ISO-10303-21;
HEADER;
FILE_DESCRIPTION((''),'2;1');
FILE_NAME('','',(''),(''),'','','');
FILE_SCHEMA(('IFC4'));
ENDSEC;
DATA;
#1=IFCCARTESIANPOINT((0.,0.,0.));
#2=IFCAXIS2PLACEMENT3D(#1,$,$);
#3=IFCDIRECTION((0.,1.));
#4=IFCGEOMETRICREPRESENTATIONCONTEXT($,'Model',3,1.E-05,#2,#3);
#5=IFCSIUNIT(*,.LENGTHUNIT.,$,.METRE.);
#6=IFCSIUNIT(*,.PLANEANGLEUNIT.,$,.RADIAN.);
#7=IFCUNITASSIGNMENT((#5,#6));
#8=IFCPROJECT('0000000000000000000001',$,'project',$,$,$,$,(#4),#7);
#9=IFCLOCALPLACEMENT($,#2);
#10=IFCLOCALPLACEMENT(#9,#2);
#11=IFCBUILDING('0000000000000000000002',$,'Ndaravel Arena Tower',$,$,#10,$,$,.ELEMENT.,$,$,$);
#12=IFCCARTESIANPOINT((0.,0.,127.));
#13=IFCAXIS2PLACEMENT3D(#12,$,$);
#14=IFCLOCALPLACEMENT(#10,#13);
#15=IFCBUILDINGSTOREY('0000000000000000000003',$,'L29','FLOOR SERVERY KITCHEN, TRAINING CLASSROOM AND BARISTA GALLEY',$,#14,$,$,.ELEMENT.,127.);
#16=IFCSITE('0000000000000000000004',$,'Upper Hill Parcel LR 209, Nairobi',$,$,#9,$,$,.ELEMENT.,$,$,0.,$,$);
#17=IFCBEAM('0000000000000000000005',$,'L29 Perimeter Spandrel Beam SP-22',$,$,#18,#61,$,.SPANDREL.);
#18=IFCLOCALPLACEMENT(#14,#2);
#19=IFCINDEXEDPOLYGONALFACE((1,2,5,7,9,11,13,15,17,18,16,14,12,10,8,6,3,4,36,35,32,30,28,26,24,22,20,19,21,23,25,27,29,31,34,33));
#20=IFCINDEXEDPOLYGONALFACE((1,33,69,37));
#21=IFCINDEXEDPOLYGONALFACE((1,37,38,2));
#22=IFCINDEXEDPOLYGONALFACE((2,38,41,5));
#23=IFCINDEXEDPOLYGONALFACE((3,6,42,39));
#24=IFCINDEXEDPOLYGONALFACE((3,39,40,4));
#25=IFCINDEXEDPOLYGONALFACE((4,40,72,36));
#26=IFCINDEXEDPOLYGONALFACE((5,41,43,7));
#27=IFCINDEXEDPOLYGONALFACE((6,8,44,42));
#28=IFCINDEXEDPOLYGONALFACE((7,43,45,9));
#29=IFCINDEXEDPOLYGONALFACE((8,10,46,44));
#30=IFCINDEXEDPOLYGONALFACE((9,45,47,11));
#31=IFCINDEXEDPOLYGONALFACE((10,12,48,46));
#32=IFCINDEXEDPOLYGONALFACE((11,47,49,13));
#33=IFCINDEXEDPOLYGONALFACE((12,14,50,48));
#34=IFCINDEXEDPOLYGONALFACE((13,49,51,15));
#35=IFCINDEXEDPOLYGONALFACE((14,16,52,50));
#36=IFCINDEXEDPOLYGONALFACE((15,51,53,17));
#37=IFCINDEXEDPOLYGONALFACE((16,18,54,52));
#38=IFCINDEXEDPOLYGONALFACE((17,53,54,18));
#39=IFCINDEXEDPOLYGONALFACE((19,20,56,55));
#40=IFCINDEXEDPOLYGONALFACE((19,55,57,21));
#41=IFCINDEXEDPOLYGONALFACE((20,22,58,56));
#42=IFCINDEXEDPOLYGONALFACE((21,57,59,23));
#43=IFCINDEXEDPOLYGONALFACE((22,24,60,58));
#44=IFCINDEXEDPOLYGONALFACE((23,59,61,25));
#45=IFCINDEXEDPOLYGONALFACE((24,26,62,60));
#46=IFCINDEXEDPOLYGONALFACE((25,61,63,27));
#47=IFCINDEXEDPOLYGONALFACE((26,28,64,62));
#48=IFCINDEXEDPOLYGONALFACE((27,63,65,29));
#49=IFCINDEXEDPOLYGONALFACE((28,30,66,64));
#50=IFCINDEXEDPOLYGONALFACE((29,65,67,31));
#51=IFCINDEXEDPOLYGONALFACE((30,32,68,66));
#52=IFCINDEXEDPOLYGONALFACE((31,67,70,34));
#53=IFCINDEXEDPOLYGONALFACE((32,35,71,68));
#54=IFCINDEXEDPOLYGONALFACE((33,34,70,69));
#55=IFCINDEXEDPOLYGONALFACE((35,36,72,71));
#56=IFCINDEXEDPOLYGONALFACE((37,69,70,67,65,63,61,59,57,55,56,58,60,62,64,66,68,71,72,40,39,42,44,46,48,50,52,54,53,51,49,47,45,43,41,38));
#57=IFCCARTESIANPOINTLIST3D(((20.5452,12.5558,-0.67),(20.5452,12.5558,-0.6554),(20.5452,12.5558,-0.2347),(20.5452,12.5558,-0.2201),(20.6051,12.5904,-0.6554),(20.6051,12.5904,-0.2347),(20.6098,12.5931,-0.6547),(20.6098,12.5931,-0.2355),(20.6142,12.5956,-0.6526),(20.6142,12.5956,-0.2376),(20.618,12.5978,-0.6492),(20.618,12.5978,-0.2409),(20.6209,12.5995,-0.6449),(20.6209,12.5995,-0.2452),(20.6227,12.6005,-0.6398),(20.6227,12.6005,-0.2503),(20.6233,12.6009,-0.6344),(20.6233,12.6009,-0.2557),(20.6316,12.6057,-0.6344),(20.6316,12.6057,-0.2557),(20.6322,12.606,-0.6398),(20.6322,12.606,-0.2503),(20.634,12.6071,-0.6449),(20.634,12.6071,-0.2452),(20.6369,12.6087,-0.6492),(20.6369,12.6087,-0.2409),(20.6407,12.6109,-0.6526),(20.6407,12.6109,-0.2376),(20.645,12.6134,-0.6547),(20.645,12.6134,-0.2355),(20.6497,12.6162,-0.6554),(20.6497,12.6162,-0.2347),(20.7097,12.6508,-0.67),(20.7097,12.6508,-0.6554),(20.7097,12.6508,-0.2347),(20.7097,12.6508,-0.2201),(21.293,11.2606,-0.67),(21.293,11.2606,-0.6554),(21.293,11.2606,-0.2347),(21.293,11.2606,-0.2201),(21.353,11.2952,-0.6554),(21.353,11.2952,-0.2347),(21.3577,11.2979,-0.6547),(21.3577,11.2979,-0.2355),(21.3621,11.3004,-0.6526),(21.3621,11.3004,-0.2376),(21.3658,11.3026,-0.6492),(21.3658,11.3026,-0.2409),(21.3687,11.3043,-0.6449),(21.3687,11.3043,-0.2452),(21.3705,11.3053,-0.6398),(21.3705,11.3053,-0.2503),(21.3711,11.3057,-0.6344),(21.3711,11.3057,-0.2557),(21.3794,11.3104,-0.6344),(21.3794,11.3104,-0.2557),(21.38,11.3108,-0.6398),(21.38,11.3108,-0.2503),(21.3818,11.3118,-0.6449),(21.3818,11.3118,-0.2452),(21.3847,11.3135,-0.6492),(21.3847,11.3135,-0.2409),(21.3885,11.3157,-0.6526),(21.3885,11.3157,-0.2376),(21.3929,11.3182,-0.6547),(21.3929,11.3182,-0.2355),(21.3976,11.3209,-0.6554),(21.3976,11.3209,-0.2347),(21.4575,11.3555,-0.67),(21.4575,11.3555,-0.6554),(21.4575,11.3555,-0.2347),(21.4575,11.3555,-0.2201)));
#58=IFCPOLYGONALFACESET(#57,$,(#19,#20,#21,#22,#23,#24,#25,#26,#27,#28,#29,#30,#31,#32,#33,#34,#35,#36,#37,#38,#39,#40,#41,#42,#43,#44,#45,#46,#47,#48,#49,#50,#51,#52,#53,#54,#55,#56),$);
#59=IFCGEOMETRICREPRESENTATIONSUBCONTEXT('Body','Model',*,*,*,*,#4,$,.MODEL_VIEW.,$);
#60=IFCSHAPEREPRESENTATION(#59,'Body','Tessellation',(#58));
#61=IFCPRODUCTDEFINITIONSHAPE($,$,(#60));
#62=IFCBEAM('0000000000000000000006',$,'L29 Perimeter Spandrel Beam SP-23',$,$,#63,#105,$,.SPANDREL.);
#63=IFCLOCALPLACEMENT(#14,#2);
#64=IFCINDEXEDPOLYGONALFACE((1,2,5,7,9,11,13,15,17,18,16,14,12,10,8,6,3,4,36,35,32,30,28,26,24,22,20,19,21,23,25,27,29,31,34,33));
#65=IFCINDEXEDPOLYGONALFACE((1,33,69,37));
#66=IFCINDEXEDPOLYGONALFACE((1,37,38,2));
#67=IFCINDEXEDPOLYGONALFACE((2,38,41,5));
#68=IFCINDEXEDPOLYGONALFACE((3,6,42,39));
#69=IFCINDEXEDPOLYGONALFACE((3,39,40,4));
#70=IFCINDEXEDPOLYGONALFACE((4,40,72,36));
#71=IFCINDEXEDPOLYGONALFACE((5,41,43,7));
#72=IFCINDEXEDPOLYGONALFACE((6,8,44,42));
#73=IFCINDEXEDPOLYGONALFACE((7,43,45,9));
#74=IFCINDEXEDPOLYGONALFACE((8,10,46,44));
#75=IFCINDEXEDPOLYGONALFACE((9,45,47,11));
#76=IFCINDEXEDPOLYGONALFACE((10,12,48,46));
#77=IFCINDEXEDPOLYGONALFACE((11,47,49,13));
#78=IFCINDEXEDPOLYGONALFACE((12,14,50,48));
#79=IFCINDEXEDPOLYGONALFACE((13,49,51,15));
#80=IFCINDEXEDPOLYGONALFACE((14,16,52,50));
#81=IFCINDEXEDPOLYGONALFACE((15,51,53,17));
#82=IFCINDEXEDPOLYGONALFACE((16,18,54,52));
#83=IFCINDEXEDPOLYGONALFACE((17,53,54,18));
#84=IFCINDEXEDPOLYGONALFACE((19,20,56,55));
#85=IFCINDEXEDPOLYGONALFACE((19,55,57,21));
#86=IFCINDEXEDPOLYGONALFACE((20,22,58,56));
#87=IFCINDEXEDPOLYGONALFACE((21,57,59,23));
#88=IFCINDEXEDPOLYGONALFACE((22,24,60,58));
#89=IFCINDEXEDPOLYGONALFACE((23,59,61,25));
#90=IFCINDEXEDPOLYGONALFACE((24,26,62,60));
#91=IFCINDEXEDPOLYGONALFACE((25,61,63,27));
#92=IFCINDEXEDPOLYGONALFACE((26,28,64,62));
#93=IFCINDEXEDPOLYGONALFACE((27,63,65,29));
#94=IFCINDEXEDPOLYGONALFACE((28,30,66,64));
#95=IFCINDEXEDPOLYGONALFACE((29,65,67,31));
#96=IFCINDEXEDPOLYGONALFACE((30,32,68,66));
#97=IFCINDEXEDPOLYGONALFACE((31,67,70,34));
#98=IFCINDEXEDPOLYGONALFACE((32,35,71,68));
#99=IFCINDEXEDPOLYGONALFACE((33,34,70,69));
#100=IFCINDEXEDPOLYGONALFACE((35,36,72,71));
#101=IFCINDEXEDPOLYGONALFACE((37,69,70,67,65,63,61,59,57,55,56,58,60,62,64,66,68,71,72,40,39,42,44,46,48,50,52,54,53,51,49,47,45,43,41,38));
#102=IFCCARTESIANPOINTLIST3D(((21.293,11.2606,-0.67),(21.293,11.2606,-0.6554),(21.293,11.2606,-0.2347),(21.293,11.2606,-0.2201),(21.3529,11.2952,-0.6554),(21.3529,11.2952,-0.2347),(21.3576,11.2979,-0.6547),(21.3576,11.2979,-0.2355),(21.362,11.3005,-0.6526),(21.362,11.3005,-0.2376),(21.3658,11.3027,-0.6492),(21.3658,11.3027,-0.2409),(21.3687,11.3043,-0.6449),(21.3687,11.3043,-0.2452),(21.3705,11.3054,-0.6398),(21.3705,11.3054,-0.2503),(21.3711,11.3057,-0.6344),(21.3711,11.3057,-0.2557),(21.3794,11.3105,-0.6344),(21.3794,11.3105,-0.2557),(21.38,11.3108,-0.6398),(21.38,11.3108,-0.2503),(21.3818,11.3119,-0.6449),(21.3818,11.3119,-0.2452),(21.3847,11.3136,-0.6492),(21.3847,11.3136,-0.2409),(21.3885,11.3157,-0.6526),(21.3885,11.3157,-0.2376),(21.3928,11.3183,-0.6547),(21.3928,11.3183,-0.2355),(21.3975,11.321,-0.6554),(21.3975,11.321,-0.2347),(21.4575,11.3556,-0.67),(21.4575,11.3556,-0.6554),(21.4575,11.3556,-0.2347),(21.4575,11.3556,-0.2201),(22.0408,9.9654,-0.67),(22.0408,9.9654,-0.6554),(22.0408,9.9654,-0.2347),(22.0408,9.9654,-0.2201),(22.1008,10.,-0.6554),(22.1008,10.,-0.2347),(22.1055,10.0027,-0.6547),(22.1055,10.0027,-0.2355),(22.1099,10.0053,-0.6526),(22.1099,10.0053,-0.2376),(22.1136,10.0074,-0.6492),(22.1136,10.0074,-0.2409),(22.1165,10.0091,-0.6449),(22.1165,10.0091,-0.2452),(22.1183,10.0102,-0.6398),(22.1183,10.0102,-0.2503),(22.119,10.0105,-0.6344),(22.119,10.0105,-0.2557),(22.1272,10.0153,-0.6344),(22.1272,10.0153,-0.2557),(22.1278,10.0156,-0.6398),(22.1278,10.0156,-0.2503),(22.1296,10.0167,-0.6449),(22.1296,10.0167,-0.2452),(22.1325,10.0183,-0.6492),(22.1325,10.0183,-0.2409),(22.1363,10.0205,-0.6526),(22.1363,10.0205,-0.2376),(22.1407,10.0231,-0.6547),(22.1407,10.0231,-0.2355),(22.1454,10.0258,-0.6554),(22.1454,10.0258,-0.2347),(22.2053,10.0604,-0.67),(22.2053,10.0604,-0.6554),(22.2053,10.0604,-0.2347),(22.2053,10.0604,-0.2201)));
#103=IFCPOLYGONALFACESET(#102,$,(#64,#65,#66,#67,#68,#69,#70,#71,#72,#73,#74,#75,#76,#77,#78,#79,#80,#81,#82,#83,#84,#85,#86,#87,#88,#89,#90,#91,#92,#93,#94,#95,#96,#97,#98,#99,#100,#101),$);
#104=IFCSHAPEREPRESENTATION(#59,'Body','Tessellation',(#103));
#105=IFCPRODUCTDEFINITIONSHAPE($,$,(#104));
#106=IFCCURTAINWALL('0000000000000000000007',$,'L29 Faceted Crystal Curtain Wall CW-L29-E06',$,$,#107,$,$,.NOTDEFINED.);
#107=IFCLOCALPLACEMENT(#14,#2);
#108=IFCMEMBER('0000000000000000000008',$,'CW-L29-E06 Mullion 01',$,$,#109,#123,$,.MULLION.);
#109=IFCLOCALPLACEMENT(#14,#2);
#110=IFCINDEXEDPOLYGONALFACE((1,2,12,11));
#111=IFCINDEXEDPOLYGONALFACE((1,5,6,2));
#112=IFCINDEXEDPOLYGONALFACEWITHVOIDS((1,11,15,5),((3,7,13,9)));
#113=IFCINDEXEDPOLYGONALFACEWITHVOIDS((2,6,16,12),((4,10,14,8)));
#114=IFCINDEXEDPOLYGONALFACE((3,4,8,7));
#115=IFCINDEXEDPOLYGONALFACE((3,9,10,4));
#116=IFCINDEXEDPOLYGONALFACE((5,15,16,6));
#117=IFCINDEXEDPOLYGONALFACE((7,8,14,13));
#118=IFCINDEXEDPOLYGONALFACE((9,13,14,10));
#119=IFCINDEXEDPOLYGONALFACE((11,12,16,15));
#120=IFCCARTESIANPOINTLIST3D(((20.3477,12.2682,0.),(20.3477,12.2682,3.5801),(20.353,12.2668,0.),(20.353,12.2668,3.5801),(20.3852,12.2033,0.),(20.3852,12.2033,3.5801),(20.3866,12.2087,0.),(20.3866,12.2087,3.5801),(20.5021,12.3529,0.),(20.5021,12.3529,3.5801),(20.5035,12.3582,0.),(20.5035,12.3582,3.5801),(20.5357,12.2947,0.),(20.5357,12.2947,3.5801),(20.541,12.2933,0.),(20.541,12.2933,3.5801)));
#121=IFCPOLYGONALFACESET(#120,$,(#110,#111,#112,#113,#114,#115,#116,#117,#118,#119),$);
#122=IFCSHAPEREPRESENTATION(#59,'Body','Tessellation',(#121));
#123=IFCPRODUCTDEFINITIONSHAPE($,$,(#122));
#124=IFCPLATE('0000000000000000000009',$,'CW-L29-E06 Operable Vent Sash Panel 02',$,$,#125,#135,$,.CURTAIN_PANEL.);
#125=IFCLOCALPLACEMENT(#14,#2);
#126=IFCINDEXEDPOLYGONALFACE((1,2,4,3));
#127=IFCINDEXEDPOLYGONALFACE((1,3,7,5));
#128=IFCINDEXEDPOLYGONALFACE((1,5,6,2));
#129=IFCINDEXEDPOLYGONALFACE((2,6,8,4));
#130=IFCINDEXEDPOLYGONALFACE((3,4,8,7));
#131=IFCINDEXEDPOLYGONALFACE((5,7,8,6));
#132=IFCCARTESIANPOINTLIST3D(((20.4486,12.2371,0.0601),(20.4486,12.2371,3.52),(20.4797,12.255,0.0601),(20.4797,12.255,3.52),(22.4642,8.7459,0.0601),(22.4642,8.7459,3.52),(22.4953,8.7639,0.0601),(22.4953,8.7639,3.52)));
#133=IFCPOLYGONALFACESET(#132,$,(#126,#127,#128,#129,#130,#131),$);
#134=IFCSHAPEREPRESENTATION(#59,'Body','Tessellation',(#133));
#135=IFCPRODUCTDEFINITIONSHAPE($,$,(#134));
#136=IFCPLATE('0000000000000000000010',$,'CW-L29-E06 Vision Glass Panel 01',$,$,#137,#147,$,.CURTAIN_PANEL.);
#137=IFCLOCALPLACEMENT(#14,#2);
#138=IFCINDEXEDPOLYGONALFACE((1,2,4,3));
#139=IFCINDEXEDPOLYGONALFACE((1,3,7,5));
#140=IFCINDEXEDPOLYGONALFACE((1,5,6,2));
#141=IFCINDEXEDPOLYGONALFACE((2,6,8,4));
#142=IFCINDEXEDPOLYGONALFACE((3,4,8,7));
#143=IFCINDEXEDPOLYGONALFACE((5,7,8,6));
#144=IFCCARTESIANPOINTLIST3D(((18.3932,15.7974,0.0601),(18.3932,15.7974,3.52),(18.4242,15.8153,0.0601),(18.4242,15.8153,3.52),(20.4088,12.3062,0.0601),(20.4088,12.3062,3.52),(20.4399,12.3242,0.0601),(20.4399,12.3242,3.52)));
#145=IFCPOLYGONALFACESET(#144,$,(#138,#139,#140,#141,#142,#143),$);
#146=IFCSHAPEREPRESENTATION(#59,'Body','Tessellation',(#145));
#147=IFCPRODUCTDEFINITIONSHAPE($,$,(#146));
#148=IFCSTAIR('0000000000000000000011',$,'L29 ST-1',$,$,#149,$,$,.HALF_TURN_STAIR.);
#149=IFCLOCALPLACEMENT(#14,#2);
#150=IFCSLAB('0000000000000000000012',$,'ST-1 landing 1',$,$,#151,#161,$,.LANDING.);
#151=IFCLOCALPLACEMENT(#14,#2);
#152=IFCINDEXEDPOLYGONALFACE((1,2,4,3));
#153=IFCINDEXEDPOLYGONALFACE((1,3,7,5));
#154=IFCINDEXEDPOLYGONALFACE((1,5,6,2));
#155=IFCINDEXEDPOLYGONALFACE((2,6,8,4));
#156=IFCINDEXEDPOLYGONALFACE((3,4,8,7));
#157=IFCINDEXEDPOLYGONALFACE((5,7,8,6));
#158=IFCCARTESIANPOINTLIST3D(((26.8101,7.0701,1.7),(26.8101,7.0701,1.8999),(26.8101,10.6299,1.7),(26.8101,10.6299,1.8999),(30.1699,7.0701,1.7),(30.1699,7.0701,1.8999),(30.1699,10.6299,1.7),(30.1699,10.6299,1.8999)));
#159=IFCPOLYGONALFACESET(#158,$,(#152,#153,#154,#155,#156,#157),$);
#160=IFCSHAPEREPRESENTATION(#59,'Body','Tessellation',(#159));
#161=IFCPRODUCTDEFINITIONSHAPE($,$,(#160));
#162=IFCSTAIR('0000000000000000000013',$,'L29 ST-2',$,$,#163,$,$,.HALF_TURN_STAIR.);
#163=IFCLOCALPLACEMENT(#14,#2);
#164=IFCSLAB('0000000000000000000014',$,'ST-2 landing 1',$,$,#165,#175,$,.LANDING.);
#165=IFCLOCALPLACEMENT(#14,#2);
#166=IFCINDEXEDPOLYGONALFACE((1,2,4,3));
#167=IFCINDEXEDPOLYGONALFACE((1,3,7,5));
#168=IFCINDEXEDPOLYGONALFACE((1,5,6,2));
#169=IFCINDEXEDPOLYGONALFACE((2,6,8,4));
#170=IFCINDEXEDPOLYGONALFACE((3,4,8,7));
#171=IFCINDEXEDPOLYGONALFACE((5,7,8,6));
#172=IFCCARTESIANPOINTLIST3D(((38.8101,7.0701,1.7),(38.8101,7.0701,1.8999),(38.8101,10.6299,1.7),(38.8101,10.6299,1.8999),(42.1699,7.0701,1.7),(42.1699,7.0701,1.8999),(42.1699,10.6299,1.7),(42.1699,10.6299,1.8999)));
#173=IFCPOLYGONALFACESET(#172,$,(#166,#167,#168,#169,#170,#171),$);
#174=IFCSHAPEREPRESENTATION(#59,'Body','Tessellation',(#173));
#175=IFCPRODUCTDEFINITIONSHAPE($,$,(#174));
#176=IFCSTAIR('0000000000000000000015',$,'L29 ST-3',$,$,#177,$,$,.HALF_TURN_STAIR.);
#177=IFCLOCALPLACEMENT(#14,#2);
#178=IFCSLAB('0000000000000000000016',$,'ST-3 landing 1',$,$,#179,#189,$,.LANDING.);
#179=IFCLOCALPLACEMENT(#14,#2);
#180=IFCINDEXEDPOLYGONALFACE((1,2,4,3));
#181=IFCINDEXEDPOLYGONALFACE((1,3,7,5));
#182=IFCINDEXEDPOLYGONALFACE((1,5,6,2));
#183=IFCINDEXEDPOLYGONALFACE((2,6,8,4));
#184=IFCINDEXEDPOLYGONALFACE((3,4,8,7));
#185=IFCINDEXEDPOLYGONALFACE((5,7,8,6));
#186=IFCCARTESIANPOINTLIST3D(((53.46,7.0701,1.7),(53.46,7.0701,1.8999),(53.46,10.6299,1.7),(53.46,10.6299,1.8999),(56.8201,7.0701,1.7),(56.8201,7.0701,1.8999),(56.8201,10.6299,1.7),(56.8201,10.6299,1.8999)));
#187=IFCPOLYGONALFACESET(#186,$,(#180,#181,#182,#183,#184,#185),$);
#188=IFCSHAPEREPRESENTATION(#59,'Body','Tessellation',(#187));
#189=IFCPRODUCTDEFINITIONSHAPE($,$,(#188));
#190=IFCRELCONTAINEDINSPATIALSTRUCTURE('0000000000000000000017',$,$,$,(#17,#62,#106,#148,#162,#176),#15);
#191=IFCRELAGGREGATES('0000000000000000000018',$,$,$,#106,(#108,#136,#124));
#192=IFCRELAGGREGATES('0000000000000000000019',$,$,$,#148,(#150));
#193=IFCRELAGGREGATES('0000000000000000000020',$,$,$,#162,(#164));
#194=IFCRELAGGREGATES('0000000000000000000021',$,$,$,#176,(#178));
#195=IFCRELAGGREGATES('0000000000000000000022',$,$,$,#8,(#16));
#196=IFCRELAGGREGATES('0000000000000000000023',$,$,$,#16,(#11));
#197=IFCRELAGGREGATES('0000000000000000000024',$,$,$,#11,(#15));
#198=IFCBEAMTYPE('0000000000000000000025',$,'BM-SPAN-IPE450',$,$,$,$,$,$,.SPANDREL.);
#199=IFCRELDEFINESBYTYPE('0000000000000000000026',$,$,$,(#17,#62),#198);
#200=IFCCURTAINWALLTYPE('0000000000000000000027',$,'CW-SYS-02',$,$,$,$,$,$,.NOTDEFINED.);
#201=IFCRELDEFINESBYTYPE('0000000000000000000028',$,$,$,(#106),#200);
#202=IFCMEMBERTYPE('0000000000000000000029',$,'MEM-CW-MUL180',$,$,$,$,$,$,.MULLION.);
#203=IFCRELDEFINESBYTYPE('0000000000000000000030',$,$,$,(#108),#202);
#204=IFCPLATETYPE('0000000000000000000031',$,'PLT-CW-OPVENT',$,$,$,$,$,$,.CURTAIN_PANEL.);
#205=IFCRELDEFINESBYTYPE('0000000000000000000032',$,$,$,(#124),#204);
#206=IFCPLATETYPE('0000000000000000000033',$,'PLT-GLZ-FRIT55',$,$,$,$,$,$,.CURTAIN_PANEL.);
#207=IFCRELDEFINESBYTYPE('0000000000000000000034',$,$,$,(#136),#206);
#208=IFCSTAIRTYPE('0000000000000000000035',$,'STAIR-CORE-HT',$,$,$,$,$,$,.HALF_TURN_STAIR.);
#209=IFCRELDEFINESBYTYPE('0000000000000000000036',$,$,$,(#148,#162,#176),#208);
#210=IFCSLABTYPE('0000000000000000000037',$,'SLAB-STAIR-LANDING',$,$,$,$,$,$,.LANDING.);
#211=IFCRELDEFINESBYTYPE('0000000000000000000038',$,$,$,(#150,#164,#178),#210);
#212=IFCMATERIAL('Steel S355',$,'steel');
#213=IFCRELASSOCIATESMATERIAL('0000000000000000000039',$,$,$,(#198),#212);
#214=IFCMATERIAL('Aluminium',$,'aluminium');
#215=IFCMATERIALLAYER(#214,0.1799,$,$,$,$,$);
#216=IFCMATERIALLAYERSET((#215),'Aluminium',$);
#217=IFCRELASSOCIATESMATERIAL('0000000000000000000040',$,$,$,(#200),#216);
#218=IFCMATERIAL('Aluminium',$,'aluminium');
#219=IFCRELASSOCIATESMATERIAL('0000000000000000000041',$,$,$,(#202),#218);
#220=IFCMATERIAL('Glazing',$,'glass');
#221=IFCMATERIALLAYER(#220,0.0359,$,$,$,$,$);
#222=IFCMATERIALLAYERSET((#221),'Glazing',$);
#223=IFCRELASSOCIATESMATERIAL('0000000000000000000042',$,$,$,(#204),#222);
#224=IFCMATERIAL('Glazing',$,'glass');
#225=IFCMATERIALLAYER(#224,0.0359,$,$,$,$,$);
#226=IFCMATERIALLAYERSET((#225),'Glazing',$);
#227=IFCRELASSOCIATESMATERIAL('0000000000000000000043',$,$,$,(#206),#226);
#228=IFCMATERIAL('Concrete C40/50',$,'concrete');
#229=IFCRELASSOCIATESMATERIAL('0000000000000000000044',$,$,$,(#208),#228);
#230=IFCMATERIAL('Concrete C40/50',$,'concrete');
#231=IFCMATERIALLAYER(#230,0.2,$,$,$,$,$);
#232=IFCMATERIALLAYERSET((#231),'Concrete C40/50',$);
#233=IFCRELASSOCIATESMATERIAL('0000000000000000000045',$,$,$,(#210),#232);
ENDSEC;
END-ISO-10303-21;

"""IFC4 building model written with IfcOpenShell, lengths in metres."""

from ifc_helpers import new_model, si_unit, direction, frame, origin, origin_2d, place, context, subcontext, project, spatial, polyline, rectangle, hollow_rectangle, i_section, outline, extrude, material, layer, layer_set, material_profile, profile_set, type_object, element, aggregate, save


model = new_model("IFC4")

# Units and contexts
model_context = context("Model", 3, precision=1e-05, world=origin(), true_north=direction((0.0, 1.0)))
body_context = subcontext(model_context, "Body", "Model", "MODEL_VIEW")
ifc_project = project(units=[si_unit("LENGTHUNIT", "METRE"), si_unit("PLANEANGLEUNIT", "RADIAN")], contexts=[model_context])

# Site, building, storey
site_placement = place(None, origin())
site = spatial("IfcSite", under=ifc_project, at=site_placement, Name="Upper Hill Parcel LR 209, Nairobi", CompositionType="ELEMENT", RefElevation=0.0)
building_placement = place(site_placement, origin())
building = spatial("IfcBuilding", under=site, at=building_placement, Name="Ndaravel Arena Tower", CompositionType="ELEMENT")
storey_placement = place(building_placement, frame((0.0, 0.0, 127.0)))
storey = spatial("IfcBuildingStorey", under=building, at=storey_placement, Name="L29", Description="FLOOR SERVERY KITCHEN, TRAINING CLASSROOM AND BARISTA GALLEY", CompositionType="ELEMENT", Elevation=127.0)

# Beams
ifc_material_1 = material(Name="Steel S355", Category="steel")
ifc_material_profile_1 = material_profile(ifc_material_1, i_section(OverallWidth=0.1899, OverallDepth=0.45, WebThickness=0.0095, FlangeThickness=0.0146, FilletRadius=0.021, at=origin_2d()), Name="IPE 450")
ifc_profile_set_1 = profile_set([ifc_material_profile_1], Name="Steel S355")
beam_type = type_object("IfcBeamType", Name="BM-SPAN-IPE450", PredefinedType="SPANDREL", material=ifc_profile_set_1)
for number, where, z_axis, x_axis, name in (
    (1, (20.6274, 12.6033, -0.4451), (0.500019, -0.866014, 0.0), (0.866014, 0.500019, 0.0), "L29 Perimeter Spandrel Beam SP-22"),
    (2, (21.3752, 11.3081, -0.4451), (0.500019, -0.866014, 0.0), (0.866014, 0.500019, 0.0), "L29 Perimeter Spandrel Beam SP-23"),
):
    element("IfcBeam", number, at=place(storey_placement, frame(where, z_axis=z_axis, x_axis=x_axis)), inside=storey, type_object=beam_type, Name=name, PredefinedType="SPANDREL", context=body_context, shape_type="SweptSolid", body=[
        extrude(i_section(OverallWidth=0.1899, OverallDepth=0.45, WebThickness=0.0095, FlangeThickness=0.0146, FilletRadius=0.021, at=origin_2d()), origin(), (0.0, 0.0, 1.0), 1.4956),
    ])

# Curtain wall, member, plates
ifc_material_2 = material(Name="Aluminium", Category="aluminium")
ifc_layer_1 = layer(ifc_material_2, 0.1799)
ifc_layer_set_1 = layer_set([ifc_layer_1], Name="Aluminium")
curtain_wall_type = type_object("IfcCurtainWallType", Name="CW-SYS-02", PredefinedType="NOTDEFINED", material=ifc_layer_set_1)
curtain_wall_placement = place(storey_placement, origin())
curtain_wall = element("IfcCurtainWall", 3, at=curtain_wall_placement, inside=storey, type_object=curtain_wall_type, Name="L29 Faceted Crystal Curtain Wall CW-L29-E06", PredefinedType="NOTDEFINED")
ifc_material_3 = material(Name="Aluminium", Category="aluminium")
ifc_material_profile_2 = material_profile(ifc_material_3, hollow_rectangle(XDim=0.075, YDim=0.1799, WallThickness=0.0039, at=origin_2d()), Name="CW MULLION 75x180x4")
ifc_profile_set_2 = profile_set([ifc_material_profile_2], Name="Aluminium")
member_type = type_object("IfcMemberType", Name="MEM-CW-MUL180", PredefinedType="MULLION", material=ifc_profile_set_2)
member_placement = place(storey_placement, frame((20.4443, 12.2808, 0.0), z_axis=(0.0, 0.0, 1.0), x_axis=(0.5, -0.866025, 0.0)))
member = element("IfcMember", 4, at=member_placement, type_object=member_type, Name="CW-L29-E06 Mullion 01", PredefinedType="MULLION", context=body_context, shape_type="SweptSolid", body=[
    extrude(hollow_rectangle(XDim=0.075, YDim=0.1799, WallThickness=0.0039, at=origin_2d()), origin(), (0.0, 0.0, 1.0), 3.5801),
])
ifc_material_4 = material(Name="Glazing", Category="glass")
ifc_layer_2 = layer(ifc_material_4, 0.0359)
ifc_layer_set_2 = layer_set([ifc_layer_2], Name="Glazing")
plate_type_1 = type_object("IfcPlateType", Name="PLT-CW-OPVENT", PredefinedType="CURTAIN_PANEL", material=ifc_layer_set_2)
plate_1_placement = place(storey_placement, frame((21.4719, 10.5005, 0.0601), z_axis=(0.0, 0.0, 1.0), x_axis=(0.5, -0.866025, 0.0)))
plate_1 = element("IfcPlate", 5, at=plate_1_placement, type_object=plate_type_1, Name="CW-L29-E06 Operable Vent Sash Panel 02", PredefinedType="CURTAIN_PANEL", context=body_context, shape_type="SweptSolid", body=[
    extrude(rectangle(XDim=4.0312, YDim=0.0359, at=origin_2d()), origin(), (0.0, 0.0, 1.0), 3.46),
])
ifc_material_5 = material(Name="Glazing", Category="glass")
ifc_layer_3 = layer(ifc_material_5, 0.0359)
ifc_layer_set_3 = layer_set([ifc_layer_3], Name="Glazing")
plate_type_2 = type_object("IfcPlateType", Name="PLT-GLZ-FRIT55", PredefinedType="CURTAIN_PANEL", material=ifc_layer_set_3)
plate_2_placement = place(storey_placement, frame((19.4165, 14.0608, 0.0601), z_axis=(0.0, 0.0, 1.0), x_axis=(0.5, -0.866025, 0.0)))
plate_2 = element("IfcPlate", 6, at=plate_2_placement, type_object=plate_type_2, Name="CW-L29-E06 Vision Glass Panel 01", PredefinedType="CURTAIN_PANEL", context=body_context, shape_type="SweptSolid", body=[
    extrude(rectangle(XDim=4.0312, YDim=0.0359, at=origin_2d()), origin(), (0.0, 0.0, 1.0), 3.46),
])
aggregate(curtain_wall, [member, plate_2, plate_1])

# Stairs, slabs
ifc_material_6 = material(Name="Concrete C40/50", Category="concrete")
stair_type = type_object("IfcStairType", Name="STAIR-CORE-HT", PredefinedType="HALF_TURN_STAIR", material=ifc_material_6)
stair_1_placement = place(storey_placement, origin())
stair_1 = element("IfcStair", 7, at=stair_1_placement, inside=storey, type_object=stair_type, Name="L29 ST-1", PredefinedType="HALF_TURN_STAIR")
ifc_material_7 = material(Name="Concrete C40/50", Category="concrete")
ifc_layer_4 = layer(ifc_material_7, 0.2)
ifc_layer_set_4 = layer_set([ifc_layer_4], Name="Concrete C40/50")
slab_type_1 = type_object("IfcSlabType", Name="SLAB-STAIR-LANDING", PredefinedType="LANDING", material=ifc_layer_set_4)
slab_1_placement = place(storey_placement, frame((0.0, 0.0, 1.7)))
slab_1 = element("IfcSlab", 8, at=slab_1_placement, type_object=slab_type_1, Name="ST-1 landing 1", PredefinedType="LANDING", context=body_context, shape_type="SweptSolid", body=[
    extrude(outline(polyline([(26.8101, 10.6299), (26.8101, 7.0701), (30.1699, 7.0701), (30.1699, 10.6299), (26.8101, 10.6299)])), origin(), (0.0, 0.0, 1.0), 0.2),
])
aggregate(stair_1, [slab_1])
stair_2_placement = place(storey_placement, origin())
stair_2 = element("IfcStair", 9, at=stair_2_placement, inside=storey, type_object=stair_type, Name="L29 ST-2", PredefinedType="HALF_TURN_STAIR")
slab_2_placement = place(storey_placement, frame((0.0, 0.0, 1.7)))
slab_2 = element("IfcSlab", 10, at=slab_2_placement, type_object=slab_type_1, Name="ST-2 landing 1", PredefinedType="LANDING", context=body_context, shape_type="SweptSolid", body=[
    extrude(outline(polyline([(38.8101, 10.6299), (38.8101, 7.0701), (42.1699, 7.0701), (42.1699, 10.6299), (38.8101, 10.6299)])), origin(), (0.0, 0.0, 1.0), 0.2),
])
aggregate(stair_2, [slab_2])
stair_3_placement = place(storey_placement, origin())
stair_3 = element("IfcStair", 11, at=stair_3_placement, inside=storey, type_object=stair_type, Name="L29 ST-3", PredefinedType="HALF_TURN_STAIR")
slab_3_placement = place(storey_placement, frame((0.0, 0.0, 1.7)))
slab_3 = element("IfcSlab", 12, at=slab_3_placement, type_object=slab_type_1, Name="ST-3 landing 1", PredefinedType="LANDING", context=body_context, shape_type="SweptSolid", body=[
    extrude(outline(polyline([(53.46, 10.6299), (53.46, 7.0701), (56.8201, 7.0701), (56.8201, 10.6299), (53.46, 10.6299)])), origin(), (0.0, 0.0, 1.0), 0.2),
])
aggregate(stair_3, [slab_3])

save(model, "model.ifc")
